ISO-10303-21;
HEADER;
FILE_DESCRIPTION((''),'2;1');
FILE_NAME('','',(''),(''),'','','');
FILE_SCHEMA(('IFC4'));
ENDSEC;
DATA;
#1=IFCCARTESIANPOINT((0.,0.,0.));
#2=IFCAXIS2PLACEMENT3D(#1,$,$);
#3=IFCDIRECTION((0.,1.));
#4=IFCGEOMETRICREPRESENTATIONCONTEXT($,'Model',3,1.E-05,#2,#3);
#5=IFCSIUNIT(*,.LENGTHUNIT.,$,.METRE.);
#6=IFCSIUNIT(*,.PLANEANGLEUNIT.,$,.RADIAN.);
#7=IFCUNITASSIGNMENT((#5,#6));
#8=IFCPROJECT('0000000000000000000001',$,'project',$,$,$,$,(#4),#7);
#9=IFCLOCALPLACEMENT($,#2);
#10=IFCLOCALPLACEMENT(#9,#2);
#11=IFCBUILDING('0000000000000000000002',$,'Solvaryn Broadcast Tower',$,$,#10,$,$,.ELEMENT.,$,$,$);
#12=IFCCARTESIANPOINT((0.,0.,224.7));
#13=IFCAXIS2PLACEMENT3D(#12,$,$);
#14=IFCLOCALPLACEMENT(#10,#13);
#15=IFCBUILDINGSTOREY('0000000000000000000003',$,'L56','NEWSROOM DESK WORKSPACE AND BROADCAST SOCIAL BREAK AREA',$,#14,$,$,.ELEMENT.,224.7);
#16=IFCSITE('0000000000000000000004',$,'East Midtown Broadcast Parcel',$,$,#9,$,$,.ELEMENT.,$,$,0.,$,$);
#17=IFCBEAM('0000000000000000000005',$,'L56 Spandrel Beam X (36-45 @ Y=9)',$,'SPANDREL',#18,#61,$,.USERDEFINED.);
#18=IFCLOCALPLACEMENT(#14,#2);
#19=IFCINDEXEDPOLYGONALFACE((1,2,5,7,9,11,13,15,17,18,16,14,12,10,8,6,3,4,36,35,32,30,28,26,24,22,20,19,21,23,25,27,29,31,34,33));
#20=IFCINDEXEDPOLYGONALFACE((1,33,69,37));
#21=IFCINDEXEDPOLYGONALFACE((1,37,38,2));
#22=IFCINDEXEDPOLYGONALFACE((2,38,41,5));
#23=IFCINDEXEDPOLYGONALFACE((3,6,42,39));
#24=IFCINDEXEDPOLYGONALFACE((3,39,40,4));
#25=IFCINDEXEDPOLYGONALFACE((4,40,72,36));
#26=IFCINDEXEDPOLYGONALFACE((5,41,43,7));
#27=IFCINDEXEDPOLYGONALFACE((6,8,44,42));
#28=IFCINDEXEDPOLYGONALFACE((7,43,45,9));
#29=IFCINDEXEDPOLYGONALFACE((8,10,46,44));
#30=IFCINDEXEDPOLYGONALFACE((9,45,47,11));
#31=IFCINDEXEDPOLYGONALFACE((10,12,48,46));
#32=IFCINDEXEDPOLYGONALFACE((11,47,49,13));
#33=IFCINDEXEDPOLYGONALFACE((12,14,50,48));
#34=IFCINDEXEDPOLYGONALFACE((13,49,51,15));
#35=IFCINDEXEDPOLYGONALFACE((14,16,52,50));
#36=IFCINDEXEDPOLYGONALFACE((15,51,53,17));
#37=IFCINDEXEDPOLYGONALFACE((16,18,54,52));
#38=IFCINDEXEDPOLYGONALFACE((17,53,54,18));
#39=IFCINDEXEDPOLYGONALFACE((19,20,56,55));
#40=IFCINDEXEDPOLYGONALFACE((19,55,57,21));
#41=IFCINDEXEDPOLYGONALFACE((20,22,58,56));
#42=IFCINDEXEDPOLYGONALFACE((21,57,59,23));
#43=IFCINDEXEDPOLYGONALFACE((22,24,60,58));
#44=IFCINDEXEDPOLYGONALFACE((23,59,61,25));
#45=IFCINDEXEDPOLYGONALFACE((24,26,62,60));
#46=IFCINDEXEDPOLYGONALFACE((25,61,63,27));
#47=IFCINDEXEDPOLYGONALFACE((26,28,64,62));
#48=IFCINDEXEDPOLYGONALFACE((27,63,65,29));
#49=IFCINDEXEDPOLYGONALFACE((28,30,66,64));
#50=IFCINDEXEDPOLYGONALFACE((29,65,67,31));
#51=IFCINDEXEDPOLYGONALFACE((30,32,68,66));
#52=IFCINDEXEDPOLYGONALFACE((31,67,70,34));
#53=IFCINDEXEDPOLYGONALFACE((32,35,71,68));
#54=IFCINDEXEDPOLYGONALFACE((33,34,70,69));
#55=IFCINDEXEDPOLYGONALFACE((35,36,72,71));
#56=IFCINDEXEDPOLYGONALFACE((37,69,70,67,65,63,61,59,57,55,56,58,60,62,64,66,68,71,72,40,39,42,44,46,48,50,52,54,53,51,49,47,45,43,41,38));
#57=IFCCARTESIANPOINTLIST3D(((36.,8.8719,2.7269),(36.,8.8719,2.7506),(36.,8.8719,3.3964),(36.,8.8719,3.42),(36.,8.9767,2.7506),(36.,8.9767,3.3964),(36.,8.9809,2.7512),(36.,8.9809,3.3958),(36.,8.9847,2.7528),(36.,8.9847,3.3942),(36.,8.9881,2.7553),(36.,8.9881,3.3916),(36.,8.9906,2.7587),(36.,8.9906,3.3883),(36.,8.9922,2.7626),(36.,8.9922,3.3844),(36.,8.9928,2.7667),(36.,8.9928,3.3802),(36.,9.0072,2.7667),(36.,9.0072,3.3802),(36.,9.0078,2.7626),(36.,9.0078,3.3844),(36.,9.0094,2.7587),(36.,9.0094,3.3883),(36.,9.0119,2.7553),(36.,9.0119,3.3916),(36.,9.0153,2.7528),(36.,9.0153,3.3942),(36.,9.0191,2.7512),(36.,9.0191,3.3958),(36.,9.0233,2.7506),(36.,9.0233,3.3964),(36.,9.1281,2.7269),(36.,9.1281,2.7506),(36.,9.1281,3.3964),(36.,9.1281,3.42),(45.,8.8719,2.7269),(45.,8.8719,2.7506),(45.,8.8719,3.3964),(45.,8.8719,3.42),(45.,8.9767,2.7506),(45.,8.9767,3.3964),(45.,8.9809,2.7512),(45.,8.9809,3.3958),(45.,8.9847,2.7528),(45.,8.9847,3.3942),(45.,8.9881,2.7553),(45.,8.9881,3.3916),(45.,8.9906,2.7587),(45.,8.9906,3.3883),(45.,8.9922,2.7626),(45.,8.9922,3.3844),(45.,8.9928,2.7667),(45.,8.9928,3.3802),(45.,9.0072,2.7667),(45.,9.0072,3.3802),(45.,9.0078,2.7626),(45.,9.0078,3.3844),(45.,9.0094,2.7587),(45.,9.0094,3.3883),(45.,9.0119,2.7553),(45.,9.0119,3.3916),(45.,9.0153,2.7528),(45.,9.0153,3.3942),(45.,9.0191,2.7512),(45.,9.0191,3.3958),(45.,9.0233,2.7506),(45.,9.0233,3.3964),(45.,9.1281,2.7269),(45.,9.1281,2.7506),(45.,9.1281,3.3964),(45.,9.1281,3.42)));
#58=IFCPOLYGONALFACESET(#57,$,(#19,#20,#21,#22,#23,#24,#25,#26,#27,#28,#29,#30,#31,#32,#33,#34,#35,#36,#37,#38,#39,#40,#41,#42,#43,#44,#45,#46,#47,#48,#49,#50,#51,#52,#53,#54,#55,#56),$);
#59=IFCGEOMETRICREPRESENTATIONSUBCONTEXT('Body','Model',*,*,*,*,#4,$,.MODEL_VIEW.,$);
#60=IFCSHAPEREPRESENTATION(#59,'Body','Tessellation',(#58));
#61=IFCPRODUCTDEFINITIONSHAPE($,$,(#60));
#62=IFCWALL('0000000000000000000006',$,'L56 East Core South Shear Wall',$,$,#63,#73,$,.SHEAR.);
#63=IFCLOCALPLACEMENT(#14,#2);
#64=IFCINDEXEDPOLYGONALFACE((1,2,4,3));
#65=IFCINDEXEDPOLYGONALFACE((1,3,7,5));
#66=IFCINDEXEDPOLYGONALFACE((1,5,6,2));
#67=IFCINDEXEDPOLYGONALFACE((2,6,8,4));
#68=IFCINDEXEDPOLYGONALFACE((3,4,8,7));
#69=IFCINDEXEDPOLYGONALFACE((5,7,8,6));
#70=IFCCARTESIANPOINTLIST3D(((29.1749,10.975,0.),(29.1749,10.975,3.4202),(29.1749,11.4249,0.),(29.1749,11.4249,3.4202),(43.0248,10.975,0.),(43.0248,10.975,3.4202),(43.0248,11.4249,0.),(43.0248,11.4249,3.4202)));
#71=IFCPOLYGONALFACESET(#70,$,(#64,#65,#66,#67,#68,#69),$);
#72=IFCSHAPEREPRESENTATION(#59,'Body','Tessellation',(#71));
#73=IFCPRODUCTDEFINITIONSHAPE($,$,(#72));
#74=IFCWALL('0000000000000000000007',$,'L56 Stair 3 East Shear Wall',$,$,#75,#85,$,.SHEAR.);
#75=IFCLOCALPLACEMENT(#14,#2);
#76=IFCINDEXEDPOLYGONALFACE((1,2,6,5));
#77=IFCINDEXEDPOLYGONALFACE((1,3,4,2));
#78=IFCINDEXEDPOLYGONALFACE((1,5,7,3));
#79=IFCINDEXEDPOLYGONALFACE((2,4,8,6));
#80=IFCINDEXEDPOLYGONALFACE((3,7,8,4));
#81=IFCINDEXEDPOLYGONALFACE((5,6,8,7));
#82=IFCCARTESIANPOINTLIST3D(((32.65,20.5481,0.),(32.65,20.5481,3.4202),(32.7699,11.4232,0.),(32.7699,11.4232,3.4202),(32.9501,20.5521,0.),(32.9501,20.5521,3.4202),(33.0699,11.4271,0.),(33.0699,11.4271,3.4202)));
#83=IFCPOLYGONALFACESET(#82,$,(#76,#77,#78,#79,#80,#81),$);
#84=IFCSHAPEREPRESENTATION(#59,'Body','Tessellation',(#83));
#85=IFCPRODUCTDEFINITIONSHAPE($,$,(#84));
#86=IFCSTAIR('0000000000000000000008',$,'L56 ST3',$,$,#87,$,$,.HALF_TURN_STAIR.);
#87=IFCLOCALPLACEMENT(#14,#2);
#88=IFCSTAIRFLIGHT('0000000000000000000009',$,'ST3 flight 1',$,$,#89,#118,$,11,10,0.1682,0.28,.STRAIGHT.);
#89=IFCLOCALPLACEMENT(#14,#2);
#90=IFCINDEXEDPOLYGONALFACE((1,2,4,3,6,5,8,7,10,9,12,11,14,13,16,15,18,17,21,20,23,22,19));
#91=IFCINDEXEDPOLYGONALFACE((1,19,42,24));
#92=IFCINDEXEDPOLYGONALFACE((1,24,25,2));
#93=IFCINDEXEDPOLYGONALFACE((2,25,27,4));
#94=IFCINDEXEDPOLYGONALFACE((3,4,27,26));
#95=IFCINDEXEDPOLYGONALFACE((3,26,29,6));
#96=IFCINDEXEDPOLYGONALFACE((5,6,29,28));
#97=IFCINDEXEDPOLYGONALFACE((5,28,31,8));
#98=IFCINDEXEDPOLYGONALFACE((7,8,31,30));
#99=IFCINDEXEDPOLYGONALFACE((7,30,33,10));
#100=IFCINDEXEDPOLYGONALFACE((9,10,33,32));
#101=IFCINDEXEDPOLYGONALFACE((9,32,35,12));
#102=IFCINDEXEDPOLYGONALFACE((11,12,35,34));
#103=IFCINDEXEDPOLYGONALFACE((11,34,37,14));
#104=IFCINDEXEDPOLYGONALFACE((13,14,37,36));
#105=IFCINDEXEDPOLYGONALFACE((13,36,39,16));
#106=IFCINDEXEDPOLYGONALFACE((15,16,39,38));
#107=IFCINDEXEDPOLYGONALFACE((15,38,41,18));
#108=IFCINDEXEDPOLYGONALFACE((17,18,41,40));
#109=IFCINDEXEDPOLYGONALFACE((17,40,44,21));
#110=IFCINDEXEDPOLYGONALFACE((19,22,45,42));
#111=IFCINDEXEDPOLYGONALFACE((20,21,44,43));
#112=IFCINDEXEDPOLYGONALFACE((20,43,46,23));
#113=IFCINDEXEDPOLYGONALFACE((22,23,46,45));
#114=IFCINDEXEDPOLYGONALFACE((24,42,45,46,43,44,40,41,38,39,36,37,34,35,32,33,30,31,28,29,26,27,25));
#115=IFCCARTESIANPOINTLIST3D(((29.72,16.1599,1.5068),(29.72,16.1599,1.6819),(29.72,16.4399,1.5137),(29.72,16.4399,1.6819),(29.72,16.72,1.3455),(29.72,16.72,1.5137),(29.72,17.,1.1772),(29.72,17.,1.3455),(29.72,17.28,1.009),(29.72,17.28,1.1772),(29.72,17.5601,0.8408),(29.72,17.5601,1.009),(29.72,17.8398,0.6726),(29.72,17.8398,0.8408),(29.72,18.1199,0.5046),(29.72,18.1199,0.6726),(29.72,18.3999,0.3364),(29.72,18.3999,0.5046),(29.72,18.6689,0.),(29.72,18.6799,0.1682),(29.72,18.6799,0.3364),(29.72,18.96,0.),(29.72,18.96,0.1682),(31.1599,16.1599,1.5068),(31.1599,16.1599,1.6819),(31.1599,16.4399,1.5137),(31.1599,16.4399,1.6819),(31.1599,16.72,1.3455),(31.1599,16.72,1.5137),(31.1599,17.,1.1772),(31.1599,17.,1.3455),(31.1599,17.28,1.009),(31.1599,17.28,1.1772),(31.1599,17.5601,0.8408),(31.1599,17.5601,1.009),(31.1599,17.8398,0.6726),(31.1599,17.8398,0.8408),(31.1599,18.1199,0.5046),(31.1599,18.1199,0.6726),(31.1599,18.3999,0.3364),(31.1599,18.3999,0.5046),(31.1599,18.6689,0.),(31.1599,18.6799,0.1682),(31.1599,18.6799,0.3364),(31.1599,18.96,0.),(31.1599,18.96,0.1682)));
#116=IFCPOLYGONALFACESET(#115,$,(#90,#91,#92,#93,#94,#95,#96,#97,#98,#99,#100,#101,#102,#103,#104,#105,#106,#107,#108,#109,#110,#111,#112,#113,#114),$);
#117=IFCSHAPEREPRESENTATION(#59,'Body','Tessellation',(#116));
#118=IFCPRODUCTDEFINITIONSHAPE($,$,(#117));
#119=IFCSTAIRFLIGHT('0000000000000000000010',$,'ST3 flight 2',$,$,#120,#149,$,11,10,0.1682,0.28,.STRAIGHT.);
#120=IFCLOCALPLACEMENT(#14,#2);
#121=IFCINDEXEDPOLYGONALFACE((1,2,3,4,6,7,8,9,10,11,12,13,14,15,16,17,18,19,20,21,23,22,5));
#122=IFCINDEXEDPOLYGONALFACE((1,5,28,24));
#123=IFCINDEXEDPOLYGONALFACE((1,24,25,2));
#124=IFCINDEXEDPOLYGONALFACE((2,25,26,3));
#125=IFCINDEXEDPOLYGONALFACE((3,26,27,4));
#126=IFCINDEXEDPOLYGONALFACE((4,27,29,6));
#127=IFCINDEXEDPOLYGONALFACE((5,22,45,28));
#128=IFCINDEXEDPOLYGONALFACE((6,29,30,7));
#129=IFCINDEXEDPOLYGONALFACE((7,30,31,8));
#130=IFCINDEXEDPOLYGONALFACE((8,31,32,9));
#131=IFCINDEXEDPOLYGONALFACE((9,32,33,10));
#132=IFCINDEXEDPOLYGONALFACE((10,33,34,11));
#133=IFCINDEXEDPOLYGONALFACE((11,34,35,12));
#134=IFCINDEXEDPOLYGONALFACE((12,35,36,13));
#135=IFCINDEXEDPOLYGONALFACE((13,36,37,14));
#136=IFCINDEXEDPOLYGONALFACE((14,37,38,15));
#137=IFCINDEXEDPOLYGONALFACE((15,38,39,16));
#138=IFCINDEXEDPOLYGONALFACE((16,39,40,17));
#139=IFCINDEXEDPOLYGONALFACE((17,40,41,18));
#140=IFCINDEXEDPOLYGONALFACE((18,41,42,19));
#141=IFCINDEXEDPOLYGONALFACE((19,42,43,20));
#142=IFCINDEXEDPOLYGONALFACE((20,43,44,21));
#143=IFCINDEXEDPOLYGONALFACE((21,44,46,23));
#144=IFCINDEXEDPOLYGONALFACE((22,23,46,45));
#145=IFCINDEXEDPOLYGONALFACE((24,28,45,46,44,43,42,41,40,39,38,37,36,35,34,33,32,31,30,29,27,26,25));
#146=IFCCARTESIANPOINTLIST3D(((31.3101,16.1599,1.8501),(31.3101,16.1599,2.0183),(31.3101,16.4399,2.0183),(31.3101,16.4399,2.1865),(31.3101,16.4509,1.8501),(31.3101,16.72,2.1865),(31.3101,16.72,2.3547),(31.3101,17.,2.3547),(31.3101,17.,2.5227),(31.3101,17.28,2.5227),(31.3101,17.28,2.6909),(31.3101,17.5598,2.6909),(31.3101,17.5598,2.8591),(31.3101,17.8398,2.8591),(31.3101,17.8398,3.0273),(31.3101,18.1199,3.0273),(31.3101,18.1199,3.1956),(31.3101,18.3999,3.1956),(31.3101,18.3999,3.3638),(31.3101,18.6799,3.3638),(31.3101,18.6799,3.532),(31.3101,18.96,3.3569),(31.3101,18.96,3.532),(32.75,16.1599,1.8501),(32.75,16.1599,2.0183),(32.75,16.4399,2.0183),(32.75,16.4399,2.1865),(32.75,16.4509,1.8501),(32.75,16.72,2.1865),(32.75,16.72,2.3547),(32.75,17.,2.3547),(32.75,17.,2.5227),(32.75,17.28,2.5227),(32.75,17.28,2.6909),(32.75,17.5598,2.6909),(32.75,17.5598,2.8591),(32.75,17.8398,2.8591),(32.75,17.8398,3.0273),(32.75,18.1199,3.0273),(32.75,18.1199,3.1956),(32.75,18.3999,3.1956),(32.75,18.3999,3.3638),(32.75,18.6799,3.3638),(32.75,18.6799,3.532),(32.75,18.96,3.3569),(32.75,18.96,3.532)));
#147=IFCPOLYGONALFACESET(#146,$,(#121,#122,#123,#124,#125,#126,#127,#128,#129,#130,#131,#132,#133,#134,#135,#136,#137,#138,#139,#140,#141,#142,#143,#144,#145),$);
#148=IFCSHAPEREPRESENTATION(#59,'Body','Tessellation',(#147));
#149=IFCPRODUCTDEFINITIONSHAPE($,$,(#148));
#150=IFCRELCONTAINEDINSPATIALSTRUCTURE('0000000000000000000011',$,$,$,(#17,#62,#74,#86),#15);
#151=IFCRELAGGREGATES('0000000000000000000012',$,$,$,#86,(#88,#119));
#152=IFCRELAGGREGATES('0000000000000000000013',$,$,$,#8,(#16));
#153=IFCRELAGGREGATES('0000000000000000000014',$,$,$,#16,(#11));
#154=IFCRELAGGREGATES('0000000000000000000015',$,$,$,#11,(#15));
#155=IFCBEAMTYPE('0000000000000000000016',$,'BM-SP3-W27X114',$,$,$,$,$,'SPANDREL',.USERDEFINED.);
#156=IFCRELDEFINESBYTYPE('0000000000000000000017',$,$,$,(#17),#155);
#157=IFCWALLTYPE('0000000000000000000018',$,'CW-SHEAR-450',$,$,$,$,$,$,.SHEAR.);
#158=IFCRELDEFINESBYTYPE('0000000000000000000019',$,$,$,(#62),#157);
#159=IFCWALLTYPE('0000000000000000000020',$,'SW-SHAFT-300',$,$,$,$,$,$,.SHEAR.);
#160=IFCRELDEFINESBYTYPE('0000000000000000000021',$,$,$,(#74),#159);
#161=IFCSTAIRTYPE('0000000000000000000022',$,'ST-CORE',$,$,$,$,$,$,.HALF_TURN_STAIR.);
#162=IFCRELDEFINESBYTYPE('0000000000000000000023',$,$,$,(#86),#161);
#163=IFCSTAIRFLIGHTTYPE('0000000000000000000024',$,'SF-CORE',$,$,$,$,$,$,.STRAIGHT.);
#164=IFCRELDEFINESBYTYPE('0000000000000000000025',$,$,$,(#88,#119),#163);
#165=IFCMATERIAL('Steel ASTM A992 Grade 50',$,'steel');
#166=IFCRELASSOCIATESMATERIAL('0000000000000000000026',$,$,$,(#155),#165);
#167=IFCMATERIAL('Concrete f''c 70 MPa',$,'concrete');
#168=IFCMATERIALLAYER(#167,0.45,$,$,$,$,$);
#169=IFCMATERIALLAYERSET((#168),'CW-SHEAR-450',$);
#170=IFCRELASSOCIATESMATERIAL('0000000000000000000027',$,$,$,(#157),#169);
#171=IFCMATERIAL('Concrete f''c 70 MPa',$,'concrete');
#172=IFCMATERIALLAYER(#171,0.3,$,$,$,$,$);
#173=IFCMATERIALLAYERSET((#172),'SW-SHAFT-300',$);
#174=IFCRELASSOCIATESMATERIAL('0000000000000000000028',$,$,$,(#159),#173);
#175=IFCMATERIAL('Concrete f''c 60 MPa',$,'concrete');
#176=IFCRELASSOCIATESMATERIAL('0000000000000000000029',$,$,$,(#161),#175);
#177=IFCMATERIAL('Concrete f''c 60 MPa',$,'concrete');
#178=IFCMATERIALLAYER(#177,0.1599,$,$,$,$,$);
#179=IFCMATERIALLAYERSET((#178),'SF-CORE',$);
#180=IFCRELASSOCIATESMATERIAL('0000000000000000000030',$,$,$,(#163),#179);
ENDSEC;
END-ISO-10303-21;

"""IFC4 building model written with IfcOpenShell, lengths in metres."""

from ifc_helpers import new_model, si_unit, direction, frame, frame_2d, origin, origin_2d, place, context, subcontext, project, spatial, polyline, rectangle, i_section, outline, extrude, material, layer, layer_set, material_profile, profile_set, type_object, element, aggregate, save


model = new_model("IFC4")

# Units and contexts
model_context = context("Model", 3, precision=1e-05, world=origin(), true_north=direction((0.0, 1.0)))
body_context = subcontext(model_context, "Body", "Model", "MODEL_VIEW")
ifc_project = project(units=[si_unit("LENGTHUNIT", "METRE"), si_unit("PLANEANGLEUNIT", "RADIAN")], contexts=[model_context])

# Site, building, storey
site_placement = place(None, origin())
site = spatial("IfcSite", under=ifc_project, at=site_placement, Name="East Midtown Broadcast Parcel", CompositionType="ELEMENT", RefElevation=0.0)
building_placement = place(site_placement, origin())
building = spatial("IfcBuilding", under=site, at=building_placement, Name="Solvaryn Broadcast Tower", CompositionType="ELEMENT")
storey_placement = place(building_placement, frame((0.0, 0.0, 224.7)))
storey = spatial("IfcBuildingStorey", under=building, at=storey_placement, Name="L56", Description="NEWSROOM DESK WORKSPACE AND BROADCAST SOCIAL BREAK AREA", CompositionType="ELEMENT", Elevation=224.7)

# Beam
ifc_material_1 = material(Name="Steel ASTM A992 Grade 50", Category="steel")
ifc_material_profile_1 = material_profile(ifc_material_1, i_section(OverallWidth=0.2561, OverallDepth=0.6931, WebThickness=0.0144, FlangeThickness=0.0237, FilletRadius=0.0161, at=origin_2d()))
ifc_profile_set_1 = profile_set([ifc_material_profile_1], Name="Steel ASTM A992 Grade 50")
beam_type_1 = type_object("IfcBeamType", Name="BM-SP3-W27X114", ElementType="SPANDREL", PredefinedType="USERDEFINED", material=ifc_profile_set_1)
beam_1_placement = place(storey_placement, frame((36.0, 9.0, 3.0735), z_axis=(1.0, 0.0, 0.0), x_axis=(0.0, 1.0, 0.0)))
element("IfcBeam", 1, at=beam_1_placement, inside=storey, type_object=beam_type_1, Name="L56 Spandrel Beam X (36-45 @ Y=9)", ObjectType="SPANDREL", PredefinedType="USERDEFINED", context=body_context, shape_type="SweptSolid", body=[
    extrude(i_section(OverallWidth=0.2561, OverallDepth=0.6931, WebThickness=0.0144, FlangeThickness=0.0237, FilletRadius=0.0161, at=origin_2d()), origin(), (0.0, 0.0, 1.0), 9.0),
])

# Wall
ifc_material_2 = material(Name="Concrete f'c 70 MPa", Category="concrete")
ifc_layer_1 = layer(ifc_material_2, 0.45)
ifc_layer_set_1 = layer_set([ifc_layer_1], Name="CW-SHEAR-450")
wall_type_1 = type_object("IfcWallType", Name="CW-SHEAR-450", PredefinedType="SHEAR", material=ifc_layer_set_1)
wall_1_placement = place(storey_placement, frame((29.175, 11.2, 0.0), z_axis=(0.0, 0.0, 1.0), x_axis=(1.0, 0.0, 0.0)))
element("IfcWall", 2, at=wall_1_placement, inside=storey, type_object=wall_type_1, Name="L56 East Core South Shear Wall", PredefinedType="SHEAR", context=body_context, shape_type="SweptSolid", body=[
    extrude(rectangle(XDim=13.8499, YDim=0.45, at=frame_2d((6.9248, 0.0))), origin(), (0.0, 0.0, 1.0), 3.4202),
])

# Wall
ifc_material_3 = material(Name="Concrete f'c 70 MPa", Category="concrete")
ifc_layer_2 = layer(ifc_material_3, 0.3)
ifc_layer_set_2 = layer_set([ifc_layer_2], Name="SW-SHAFT-300")
wall_type_2 = type_object("IfcWallType", Name="SW-SHAFT-300", PredefinedType="SHEAR", material=ifc_layer_set_2)
wall_2_placement = place(storey_placement, frame((32.9199, 11.425, 0.0), z_axis=(0.0, 0.0, 1.0), x_axis=(-0.013136, 0.999914, 0.0)))
element("IfcWall", 3, at=wall_2_placement, inside=storey, type_object=wall_type_2, Name="L56 Stair 3 East Shear Wall", PredefinedType="SHEAR", context=body_context, shape_type="SweptSolid", body=[
    extrude(rectangle(XDim=9.1257, YDim=0.3, at=frame_2d((4.563, 0.0))), origin(), (0.0, 0.0, 1.0), 3.4202),
])

# Stair, stair flights
ifc_material_4 = material(Name="Concrete f'c 60 MPa", Category="concrete")
stair_type = type_object("IfcStairType", Name="ST-CORE", PredefinedType="HALF_TURN_STAIR", material=ifc_material_4)
stair_placement = place(storey_placement, origin())
stair = element("IfcStair", 4, at=stair_placement, inside=storey, type_object=stair_type, Name="L56 ST3", PredefinedType="HALF_TURN_STAIR")
ifc_material_5 = material(Name="Concrete f'c 60 MPa", Category="concrete")
ifc_layer_3 = layer(ifc_material_5, 0.1599)
ifc_layer_set_3 = layer_set([ifc_layer_3], Name="SF-CORE")
stair_flight_type = type_object("IfcStairFlightType", Name="SF-CORE", PredefinedType="STRAIGHT", material=ifc_layer_set_3)
stair_flight_1_placement = place(storey_placement, frame((30.4399, 18.96, 0.0), z_axis=(0.0, 0.0, 1.0), x_axis=(0.0, -1.0, 0.0)))
stair_flight_1 = element("IfcStairFlight", 5, at=stair_flight_1_placement, type_object=stair_flight_type, Name="ST3 flight 1", NumberOfRisers=11, NumberOfTreads=10, PredefinedType="STRAIGHT", RiserHeight=0.1682, TreadLength=0.28, context=body_context, shape_type="SweptSolid", body=[
    extrude(outline(polyline([(0.0, 0.0), (0.0, 0.1682), (0.28, 0.1682), (0.28, 0.3364), (0.5601, 0.3364), (0.5601, 0.5046), (0.8401, 0.5046), (0.8401, 0.6726), (1.1201, 0.6726), (1.1201, 0.8408), (1.3999, 0.8408), (1.3999, 1.009), (1.6799, 1.009), (1.6799, 1.1772), (1.96, 1.1772), (1.96, 1.3455), (2.24, 1.3455), (2.24, 1.5137), (2.52, 1.5137), (2.52, 1.6819), (2.8, 1.6819), (2.8, 1.8501), (2.8, 1.5068), (0.291, 0.0), (0.0, 0.0)])), frame((0.0, 0.72, 0.0), z_axis=(0.0, -1.0, 0.0), x_axis=(1.0, 0.0, 0.0)), (0.0, 0.0, 1.0), 1.4399),
])
stair_flight_2_placement = place(storey_placement, frame((32.03, 16.1599, 1.8501), z_axis=(0.0, 0.0, 1.0), x_axis=(0.0, 1.0, 0.0)))
stair_flight_2 = element("IfcStairFlight", 6, at=stair_flight_2_placement, type_object=stair_flight_type, Name="ST3 flight 2", NumberOfRisers=11, NumberOfTreads=10, PredefinedType="STRAIGHT", RiserHeight=0.1682, TreadLength=0.28, context=body_context, shape_type="SweptSolid", body=[
    extrude(outline(polyline([(0.0, 0.0), (0.0, 0.1682), (0.28, 0.1682), (0.28, 0.3364), (0.5601, 0.3364), (0.5601, 0.5046), (0.8401, 0.5046), (0.8401, 0.6726), (1.1201, 0.6726), (1.1201, 0.8408), (1.3999, 0.8408), (1.3999, 1.009), (1.6799, 1.009), (1.6799, 1.1772), (1.96, 1.1772), (1.96, 1.3455), (2.24, 1.3455), (2.24, 1.5137), (2.52, 1.5137), (2.52, 1.6819), (2.8, 1.6819), (2.8, 1.8501), (2.8, 1.5068), (0.291, 0.0), (0.0, 0.0)])), frame((0.0, 0.72, 0.0), z_axis=(0.0, -1.0, 0.0), x_axis=(1.0, 0.0, 0.0)), (0.0, 0.0, 1.0), 1.4399),
])
aggregate(stair, [stair_flight_1, stair_flight_2])

save(model, "model.ifc")
